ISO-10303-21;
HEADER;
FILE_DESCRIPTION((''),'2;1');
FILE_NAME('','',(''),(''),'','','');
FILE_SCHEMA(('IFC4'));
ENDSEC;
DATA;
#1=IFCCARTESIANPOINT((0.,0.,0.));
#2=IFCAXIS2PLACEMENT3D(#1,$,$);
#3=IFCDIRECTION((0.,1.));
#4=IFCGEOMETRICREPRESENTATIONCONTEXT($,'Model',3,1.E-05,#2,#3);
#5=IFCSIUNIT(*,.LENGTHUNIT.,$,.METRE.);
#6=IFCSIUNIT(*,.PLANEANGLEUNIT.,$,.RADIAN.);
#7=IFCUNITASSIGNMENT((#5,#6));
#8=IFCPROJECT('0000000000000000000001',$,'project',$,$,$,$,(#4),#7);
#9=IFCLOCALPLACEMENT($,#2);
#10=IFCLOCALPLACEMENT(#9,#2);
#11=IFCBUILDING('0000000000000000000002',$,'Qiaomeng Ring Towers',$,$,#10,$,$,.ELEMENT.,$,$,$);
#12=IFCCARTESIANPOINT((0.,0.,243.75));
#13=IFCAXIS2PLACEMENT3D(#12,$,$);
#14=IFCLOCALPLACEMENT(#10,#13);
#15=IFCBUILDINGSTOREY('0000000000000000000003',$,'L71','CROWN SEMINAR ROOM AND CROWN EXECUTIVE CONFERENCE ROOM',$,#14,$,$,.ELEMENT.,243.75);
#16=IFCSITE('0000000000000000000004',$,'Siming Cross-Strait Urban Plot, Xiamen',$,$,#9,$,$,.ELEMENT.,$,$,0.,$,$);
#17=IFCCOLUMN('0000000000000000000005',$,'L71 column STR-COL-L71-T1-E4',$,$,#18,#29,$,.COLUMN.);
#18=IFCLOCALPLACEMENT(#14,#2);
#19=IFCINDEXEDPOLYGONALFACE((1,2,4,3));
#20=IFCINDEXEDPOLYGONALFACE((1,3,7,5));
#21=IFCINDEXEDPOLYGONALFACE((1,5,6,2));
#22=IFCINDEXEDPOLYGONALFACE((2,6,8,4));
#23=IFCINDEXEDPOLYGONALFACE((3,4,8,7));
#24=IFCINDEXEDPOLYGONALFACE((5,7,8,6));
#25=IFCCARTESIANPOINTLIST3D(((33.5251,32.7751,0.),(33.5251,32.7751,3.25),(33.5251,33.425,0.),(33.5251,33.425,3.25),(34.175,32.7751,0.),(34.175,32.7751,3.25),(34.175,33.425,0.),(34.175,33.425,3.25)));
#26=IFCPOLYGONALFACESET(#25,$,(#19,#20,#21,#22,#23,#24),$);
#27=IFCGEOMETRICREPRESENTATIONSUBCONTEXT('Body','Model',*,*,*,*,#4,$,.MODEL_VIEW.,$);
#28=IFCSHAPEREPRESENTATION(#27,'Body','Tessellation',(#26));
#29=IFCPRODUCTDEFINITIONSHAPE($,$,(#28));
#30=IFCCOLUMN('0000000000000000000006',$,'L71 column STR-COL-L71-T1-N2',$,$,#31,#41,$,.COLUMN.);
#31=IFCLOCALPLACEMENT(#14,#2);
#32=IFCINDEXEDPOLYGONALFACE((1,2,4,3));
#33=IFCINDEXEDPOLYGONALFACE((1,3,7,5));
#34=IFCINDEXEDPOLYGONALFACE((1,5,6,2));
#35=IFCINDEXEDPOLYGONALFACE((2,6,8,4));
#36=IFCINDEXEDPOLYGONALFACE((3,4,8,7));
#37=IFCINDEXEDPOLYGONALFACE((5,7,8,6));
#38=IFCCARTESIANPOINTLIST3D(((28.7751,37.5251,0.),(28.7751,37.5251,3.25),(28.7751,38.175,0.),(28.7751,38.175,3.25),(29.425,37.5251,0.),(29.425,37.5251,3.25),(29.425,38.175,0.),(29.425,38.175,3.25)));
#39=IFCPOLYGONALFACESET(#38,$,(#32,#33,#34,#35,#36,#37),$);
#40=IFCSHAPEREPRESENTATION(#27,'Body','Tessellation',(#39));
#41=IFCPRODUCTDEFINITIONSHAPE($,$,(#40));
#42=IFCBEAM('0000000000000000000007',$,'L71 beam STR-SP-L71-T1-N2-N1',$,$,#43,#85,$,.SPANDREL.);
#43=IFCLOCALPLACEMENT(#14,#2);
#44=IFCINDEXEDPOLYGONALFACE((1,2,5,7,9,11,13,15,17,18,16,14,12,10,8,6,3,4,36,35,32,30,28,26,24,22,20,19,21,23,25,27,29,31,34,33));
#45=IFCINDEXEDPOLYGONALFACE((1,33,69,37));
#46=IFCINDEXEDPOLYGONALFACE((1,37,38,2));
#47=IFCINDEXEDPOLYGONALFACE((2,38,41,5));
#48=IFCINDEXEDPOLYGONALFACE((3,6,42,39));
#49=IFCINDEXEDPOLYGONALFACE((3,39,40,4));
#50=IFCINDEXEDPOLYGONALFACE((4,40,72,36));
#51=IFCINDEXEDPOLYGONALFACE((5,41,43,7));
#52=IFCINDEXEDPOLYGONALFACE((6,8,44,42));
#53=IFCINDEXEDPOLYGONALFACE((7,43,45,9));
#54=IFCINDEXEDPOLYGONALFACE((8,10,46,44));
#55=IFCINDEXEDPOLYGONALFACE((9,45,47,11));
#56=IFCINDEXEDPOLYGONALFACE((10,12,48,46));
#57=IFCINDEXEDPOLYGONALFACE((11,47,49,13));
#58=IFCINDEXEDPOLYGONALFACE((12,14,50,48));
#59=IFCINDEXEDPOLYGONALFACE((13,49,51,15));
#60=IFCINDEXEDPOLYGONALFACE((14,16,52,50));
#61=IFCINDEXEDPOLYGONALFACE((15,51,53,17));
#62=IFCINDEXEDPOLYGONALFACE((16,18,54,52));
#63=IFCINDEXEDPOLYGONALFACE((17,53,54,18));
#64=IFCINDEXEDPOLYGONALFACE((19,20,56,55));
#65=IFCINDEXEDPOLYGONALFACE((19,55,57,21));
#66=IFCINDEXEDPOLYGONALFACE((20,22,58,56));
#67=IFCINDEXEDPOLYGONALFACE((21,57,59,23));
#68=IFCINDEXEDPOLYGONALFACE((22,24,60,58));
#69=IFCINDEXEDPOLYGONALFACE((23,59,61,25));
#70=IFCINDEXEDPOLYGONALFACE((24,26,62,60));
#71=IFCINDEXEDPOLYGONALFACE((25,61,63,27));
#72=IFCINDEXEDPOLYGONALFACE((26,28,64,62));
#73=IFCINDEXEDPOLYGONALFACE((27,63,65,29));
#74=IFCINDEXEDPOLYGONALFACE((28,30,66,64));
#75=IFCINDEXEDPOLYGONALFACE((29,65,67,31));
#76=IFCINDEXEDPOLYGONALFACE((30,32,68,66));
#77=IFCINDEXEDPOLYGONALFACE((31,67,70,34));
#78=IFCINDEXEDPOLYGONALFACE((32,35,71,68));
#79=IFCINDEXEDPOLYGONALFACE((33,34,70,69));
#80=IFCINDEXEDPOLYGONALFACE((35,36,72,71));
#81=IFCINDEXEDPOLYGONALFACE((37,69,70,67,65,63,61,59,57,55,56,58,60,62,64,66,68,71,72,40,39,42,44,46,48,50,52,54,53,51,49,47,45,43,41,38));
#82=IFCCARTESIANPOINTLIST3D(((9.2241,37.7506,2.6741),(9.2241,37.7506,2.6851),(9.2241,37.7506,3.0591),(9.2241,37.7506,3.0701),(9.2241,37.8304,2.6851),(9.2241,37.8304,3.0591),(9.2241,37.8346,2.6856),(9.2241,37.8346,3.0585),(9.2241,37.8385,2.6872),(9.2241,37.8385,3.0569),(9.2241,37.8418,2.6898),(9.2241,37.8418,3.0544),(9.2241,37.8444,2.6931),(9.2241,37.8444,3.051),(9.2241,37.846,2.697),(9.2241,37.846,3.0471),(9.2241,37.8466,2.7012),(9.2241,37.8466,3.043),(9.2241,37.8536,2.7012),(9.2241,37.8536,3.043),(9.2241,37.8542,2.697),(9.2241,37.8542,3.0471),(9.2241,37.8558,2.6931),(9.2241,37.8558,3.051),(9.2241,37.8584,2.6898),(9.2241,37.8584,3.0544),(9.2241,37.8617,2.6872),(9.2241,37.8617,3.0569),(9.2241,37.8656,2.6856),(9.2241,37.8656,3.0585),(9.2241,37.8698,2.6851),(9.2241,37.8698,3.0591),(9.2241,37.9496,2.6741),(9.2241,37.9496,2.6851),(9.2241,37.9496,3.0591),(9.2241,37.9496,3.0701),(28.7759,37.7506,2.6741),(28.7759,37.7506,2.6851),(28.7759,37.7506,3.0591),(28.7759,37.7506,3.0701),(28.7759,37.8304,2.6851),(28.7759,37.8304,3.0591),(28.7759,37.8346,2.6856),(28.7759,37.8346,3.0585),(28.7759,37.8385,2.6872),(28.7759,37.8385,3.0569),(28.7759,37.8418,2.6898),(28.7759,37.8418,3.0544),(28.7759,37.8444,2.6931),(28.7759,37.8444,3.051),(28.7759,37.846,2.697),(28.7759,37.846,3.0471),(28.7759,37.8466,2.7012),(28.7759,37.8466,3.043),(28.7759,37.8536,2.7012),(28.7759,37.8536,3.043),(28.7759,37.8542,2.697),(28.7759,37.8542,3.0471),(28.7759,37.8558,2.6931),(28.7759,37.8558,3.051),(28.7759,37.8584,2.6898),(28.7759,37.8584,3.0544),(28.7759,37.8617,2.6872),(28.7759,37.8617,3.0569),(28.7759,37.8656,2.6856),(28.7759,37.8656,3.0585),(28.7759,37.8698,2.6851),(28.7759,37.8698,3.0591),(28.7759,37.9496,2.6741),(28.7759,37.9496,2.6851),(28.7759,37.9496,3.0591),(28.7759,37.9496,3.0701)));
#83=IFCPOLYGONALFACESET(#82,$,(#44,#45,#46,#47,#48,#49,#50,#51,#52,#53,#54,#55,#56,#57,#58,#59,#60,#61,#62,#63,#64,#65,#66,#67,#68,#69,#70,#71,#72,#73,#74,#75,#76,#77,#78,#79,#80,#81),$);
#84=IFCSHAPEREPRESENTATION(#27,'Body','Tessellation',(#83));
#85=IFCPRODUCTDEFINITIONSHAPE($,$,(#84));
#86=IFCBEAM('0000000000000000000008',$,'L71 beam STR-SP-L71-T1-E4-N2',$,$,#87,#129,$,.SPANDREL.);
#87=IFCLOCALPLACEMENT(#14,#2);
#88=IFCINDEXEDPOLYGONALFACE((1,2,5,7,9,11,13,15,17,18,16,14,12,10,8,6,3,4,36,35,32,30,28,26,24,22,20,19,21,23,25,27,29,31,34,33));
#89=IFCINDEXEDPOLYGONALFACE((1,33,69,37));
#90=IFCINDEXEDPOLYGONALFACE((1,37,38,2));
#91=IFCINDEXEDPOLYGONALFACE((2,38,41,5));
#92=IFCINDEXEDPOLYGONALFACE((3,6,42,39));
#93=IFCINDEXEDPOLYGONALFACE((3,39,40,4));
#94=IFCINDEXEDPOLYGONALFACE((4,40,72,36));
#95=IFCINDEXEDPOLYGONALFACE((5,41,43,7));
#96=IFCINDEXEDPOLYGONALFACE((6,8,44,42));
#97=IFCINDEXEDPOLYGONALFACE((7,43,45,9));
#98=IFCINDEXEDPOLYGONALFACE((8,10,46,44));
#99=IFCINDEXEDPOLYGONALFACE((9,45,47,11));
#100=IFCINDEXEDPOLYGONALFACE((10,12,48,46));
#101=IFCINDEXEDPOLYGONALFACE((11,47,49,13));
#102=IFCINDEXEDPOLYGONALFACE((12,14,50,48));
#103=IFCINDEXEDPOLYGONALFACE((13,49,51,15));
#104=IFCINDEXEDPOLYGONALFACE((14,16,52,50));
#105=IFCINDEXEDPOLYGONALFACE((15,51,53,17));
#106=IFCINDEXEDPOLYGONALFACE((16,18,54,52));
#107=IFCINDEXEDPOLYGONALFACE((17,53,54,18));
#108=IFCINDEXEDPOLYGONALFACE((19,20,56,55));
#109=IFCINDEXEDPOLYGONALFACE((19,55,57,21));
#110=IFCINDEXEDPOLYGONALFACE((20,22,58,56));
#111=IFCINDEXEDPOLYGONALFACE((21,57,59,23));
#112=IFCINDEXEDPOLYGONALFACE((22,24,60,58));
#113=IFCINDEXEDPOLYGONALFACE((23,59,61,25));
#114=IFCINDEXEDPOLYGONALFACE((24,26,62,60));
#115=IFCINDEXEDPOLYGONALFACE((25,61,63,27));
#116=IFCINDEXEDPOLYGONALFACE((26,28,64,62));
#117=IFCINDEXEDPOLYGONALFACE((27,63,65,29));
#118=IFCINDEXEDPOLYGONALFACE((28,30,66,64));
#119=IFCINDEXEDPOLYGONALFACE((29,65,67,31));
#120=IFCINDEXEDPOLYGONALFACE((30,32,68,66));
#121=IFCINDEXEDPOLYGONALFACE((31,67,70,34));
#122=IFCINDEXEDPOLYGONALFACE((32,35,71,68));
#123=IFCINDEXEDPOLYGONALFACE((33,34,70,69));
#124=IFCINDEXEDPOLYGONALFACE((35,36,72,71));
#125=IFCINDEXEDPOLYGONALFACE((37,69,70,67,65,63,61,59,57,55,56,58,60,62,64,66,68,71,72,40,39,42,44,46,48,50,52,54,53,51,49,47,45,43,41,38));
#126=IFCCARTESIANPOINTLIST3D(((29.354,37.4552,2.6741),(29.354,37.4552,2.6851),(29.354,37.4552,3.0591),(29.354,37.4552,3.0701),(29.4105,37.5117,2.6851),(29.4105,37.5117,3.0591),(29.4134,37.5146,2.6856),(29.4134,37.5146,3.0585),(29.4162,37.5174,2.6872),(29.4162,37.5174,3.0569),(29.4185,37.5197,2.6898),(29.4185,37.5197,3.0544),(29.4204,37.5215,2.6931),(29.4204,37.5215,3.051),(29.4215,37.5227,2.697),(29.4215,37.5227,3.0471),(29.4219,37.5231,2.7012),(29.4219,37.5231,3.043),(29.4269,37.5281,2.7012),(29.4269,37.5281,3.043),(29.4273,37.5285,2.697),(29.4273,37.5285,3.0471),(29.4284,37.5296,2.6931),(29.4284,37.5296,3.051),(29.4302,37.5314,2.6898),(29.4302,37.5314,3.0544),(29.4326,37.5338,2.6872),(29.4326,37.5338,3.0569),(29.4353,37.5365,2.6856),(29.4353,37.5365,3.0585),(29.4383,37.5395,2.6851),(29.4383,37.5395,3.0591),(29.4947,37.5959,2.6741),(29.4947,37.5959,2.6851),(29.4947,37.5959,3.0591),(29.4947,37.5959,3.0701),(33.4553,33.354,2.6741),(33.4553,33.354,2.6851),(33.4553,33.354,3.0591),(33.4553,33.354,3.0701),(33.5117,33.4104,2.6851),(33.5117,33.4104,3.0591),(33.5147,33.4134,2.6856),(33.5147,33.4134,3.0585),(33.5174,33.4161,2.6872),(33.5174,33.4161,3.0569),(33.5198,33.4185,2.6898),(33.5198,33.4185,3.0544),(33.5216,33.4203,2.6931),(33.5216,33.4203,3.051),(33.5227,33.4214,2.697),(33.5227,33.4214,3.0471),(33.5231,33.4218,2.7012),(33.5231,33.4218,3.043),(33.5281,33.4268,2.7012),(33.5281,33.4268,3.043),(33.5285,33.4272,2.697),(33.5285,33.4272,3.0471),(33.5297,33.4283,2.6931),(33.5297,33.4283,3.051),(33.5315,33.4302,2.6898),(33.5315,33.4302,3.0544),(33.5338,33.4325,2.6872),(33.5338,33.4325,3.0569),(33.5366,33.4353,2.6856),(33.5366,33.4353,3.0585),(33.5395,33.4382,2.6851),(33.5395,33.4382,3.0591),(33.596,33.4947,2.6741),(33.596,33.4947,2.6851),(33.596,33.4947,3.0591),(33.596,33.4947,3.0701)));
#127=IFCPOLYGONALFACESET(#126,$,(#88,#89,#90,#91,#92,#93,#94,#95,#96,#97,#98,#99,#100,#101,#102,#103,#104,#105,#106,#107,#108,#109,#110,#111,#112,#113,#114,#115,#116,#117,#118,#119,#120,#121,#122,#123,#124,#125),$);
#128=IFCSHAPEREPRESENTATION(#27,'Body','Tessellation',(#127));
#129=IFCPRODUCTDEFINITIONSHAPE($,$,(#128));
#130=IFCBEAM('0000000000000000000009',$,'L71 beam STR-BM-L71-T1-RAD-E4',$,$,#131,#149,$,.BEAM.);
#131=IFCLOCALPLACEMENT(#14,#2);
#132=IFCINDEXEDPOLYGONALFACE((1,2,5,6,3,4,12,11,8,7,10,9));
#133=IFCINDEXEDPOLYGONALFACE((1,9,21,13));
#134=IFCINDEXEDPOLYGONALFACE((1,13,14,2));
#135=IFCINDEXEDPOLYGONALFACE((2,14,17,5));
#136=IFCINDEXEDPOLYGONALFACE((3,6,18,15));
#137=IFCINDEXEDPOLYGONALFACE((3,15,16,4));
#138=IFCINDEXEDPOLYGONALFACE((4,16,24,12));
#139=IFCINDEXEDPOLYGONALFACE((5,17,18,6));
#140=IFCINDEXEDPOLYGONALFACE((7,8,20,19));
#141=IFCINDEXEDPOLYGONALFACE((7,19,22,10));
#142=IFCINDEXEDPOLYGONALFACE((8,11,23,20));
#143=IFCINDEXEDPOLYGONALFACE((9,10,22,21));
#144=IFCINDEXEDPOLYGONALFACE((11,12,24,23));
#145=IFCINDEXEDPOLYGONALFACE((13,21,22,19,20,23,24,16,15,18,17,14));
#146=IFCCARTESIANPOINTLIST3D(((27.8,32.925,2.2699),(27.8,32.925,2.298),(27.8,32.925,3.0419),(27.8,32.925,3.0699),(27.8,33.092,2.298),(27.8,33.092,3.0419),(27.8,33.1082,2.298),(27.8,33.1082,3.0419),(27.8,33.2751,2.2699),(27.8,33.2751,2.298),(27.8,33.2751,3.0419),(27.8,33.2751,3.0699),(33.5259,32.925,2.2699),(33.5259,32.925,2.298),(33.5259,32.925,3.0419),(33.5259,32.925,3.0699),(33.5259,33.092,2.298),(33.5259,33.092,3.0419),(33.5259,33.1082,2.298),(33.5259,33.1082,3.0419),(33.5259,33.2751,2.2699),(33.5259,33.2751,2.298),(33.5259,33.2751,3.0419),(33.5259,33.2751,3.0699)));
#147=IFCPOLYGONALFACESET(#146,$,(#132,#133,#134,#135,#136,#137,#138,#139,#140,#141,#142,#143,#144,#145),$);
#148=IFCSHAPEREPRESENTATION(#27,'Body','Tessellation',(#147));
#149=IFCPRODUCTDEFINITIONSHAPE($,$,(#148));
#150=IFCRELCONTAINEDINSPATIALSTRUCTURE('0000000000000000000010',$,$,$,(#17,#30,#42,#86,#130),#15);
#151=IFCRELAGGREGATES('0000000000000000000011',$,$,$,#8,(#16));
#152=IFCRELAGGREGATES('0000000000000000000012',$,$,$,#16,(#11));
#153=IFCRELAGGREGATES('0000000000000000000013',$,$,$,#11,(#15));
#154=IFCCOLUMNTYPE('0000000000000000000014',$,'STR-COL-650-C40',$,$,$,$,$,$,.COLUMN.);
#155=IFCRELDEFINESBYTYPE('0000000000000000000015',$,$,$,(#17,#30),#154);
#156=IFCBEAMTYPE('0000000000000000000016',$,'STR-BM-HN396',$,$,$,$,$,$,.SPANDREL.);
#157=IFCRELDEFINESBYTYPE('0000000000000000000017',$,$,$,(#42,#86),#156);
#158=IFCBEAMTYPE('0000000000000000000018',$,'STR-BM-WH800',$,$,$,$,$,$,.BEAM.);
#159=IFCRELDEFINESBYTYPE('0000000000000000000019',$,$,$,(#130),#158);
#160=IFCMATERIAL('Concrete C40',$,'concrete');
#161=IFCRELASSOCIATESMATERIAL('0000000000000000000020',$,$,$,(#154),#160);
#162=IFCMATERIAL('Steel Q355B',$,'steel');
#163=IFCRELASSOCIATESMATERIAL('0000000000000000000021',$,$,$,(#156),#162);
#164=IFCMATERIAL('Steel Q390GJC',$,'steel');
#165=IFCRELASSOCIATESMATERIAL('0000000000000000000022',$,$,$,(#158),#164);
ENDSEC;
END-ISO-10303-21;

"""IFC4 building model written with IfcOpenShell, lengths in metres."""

from ifc_helpers import new_model, si_unit, direction, frame, origin, origin_2d, place, context, subcontext, project, spatial, rectangle, i_section, extrude, source, transform, mapped, material, material_profile, profile_set, type_object, element, save


model = new_model("IFC4")

# Units and contexts
model_context = context("Model", 3, precision=1e-05, world=origin(), true_north=direction((0.0, 1.0)))
body_context = subcontext(model_context, "Body", "Model", "MODEL_VIEW")
ifc_project = project(units=[si_unit("LENGTHUNIT", "METRE"), si_unit("PLANEANGLEUNIT", "RADIAN")], contexts=[model_context])

# Site, building, storey
site_placement = place(None, origin())
site = spatial("IfcSite", under=ifc_project, at=site_placement, Name="Siming Cross-Strait Urban Plot, Xiamen", CompositionType="ELEMENT", RefElevation=0.0)
building_placement = place(site_placement, origin())
building = spatial("IfcBuilding", under=site, at=building_placement, Name="Qiaomeng Ring Towers", CompositionType="ELEMENT")
storey_placement = place(building_placement, frame((0.0, 0.0, 243.75)))
storey = spatial("IfcBuildingStorey", under=building, at=storey_placement, Name="L71", Description="CROWN SEMINAR ROOM AND CROWN EXECUTIVE CONFERENCE ROOM", CompositionType="ELEMENT", Elevation=243.75)

# Columns
ifc_material_1 = material(Name="Concrete C40", Category="concrete")
ifc_material_profile_1 = material_profile(ifc_material_1, rectangle(XDim=0.6499, YDim=0.6499, at=origin_2d()), Name="RC COL 650x650")
ifc_profile_set_1 = profile_set([ifc_material_profile_1], Name="Concrete C40")
column_type = type_object("IfcColumnType", Name="STR-COL-650-C40", PredefinedType="COLUMN", material=ifc_profile_set_1)
shared_shape_1 = source(origin(), body_context, "Body", "SweptSolid", [
    extrude(rectangle(XDim=0.6499, YDim=0.6499, at=origin_2d()), origin(), (0.0, 0.0, 1.0), 3.25),
])
for number, where, z_axis, x_axis, name in (
    (1, (33.8501, 33.1001, 0.0), (0.0, 0.0, 1.0), (1.0, 0.0, 0.0), "L71 column STR-COL-L71-T1-E4"),
    (2, (29.1001, 37.8501, 0.0), (0.0, 0.0, 1.0), (1.0, 0.0, 0.0), "L71 column STR-COL-L71-T1-N2"),
):
    element("IfcColumn", number, at=place(storey_placement, frame(where, z_axis=z_axis, x_axis=x_axis)), inside=storey, type_object=column_type, Name=name, PredefinedType="COLUMN", context=body_context, shape_type="MappedRepresentation", body=[
        mapped(shared_shape_1, transform((0.0, 0.0, 0.0), x_axis=(1.0, 0.0, 0.0), y_axis=(0.0, 1.0, 0.0), z_axis=(0.0, 0.0, 1.0), scale=1.0)),
    ])

# Beams
ifc_material_2 = material(Name="Steel Q355B", Category="steel")
ifc_material_profile_2 = material_profile(ifc_material_2, i_section(OverallWidth=0.199, OverallDepth=0.396, WebThickness=0.0071, FlangeThickness=0.011, FilletRadius=0.0161, at=origin_2d()), Name="HN 396x199x7x11")
ifc_profile_set_2 = profile_set([ifc_material_profile_2], Name="Steel Q355B")
beam_type_1 = type_object("IfcBeamType", Name="STR-BM-HN396", PredefinedType="SPANDREL", material=ifc_profile_set_2)
shared_shape_2 = source(origin(), body_context, "Body", "SweptSolid", [
    extrude(i_section(OverallWidth=0.199, OverallDepth=0.396, WebThickness=0.0071, FlangeThickness=0.011, FilletRadius=0.0161, at=origin_2d()), origin(), (0.0, 0.0, 1.0), 19.5518),
])
beam_1_placement = place(storey_placement, frame((28.7759, 37.8501, 2.8721), z_axis=(-1.0, 0.0, 0.0), x_axis=(0.0, -1.0, 0.0)))
element("IfcBeam", 3, at=beam_1_placement, inside=storey, type_object=beam_type_1, Name="L71 beam STR-SP-L71-T1-N2-N1", PredefinedType="SPANDREL", context=body_context, shape_type="MappedRepresentation", body=[
    mapped(shared_shape_2, transform((0.0, 0.0, 0.0), x_axis=(1.0, 0.0, 0.0), y_axis=(0.0, 1.0, 0.0), z_axis=(0.0, 0.0, 1.0), scale=1.0)),
])
shared_shape_3 = source(origin(), body_context, "Body", "SweptSolid", [
    extrude(i_section(OverallWidth=0.199, OverallDepth=0.396, WebThickness=0.0071, FlangeThickness=0.011, FilletRadius=0.0161, at=origin_2d()), origin(), (0.0, 0.0, 1.0), 5.8),
])
beam_2_placement = place(storey_placement, frame((33.5256, 33.4243, 2.8721), z_axis=(-0.707107, 0.707107, 0.0), x_axis=(-0.707107, -0.707107, 0.0)))
element("IfcBeam", 4, at=beam_2_placement, inside=storey, type_object=beam_type_1, Name="L71 beam STR-SP-L71-T1-E4-N2", PredefinedType="SPANDREL", context=body_context, shape_type="MappedRepresentation", body=[
    mapped(shared_shape_3, transform((0.0, 0.0, 0.0), x_axis=(1.0, 0.0, 0.0), y_axis=(0.0, 1.0, 0.0), z_axis=(0.0, 0.0, 1.0), scale=1.0)),
])
ifc_material_3 = material(Name="Steel Q390GJC", Category="steel")
ifc_material_profile_3 = material_profile(ifc_material_3, i_section(OverallWidth=0.3501, OverallDepth=0.8, WebThickness=0.0161, FlangeThickness=0.0281, at=origin_2d()), Name="WH 800x350x16x28")
ifc_profile_set_3 = profile_set([ifc_material_profile_3], Name="Steel Q390GJC")
beam_type_2 = type_object("IfcBeamType", Name="STR-BM-WH800", PredefinedType="BEAM", material=ifc_profile_set_3)
shared_shape_4 = source(origin(), body_context, "Body", "SweptSolid", [
    extrude(i_section(OverallWidth=0.3501, OverallDepth=0.8, WebThickness=0.0161, FlangeThickness=0.0281, at=origin_2d()), origin(), (0.0, 0.0, 1.0), 5.7258),
])
beam_3_placement = place(storey_placement, frame((27.8, 33.1001, 2.6699), z_axis=(1.0, 0.0, 0.0), x_axis=(0.0, 1.0, 0.0)))
element("IfcBeam", 5, at=beam_3_placement, inside=storey, type_object=beam_type_2, Name="L71 beam STR-BM-L71-T1-RAD-E4", PredefinedType="BEAM", context=body_context, shape_type="MappedRepresentation", body=[
    mapped(shared_shape_4, transform((0.0, 0.0, 0.0), x_axis=(1.0, 0.0, 0.0), y_axis=(0.0, 1.0, 0.0), z_axis=(0.0, 0.0, 1.0), scale=1.0)),
])

save(model, "model.ifc")
